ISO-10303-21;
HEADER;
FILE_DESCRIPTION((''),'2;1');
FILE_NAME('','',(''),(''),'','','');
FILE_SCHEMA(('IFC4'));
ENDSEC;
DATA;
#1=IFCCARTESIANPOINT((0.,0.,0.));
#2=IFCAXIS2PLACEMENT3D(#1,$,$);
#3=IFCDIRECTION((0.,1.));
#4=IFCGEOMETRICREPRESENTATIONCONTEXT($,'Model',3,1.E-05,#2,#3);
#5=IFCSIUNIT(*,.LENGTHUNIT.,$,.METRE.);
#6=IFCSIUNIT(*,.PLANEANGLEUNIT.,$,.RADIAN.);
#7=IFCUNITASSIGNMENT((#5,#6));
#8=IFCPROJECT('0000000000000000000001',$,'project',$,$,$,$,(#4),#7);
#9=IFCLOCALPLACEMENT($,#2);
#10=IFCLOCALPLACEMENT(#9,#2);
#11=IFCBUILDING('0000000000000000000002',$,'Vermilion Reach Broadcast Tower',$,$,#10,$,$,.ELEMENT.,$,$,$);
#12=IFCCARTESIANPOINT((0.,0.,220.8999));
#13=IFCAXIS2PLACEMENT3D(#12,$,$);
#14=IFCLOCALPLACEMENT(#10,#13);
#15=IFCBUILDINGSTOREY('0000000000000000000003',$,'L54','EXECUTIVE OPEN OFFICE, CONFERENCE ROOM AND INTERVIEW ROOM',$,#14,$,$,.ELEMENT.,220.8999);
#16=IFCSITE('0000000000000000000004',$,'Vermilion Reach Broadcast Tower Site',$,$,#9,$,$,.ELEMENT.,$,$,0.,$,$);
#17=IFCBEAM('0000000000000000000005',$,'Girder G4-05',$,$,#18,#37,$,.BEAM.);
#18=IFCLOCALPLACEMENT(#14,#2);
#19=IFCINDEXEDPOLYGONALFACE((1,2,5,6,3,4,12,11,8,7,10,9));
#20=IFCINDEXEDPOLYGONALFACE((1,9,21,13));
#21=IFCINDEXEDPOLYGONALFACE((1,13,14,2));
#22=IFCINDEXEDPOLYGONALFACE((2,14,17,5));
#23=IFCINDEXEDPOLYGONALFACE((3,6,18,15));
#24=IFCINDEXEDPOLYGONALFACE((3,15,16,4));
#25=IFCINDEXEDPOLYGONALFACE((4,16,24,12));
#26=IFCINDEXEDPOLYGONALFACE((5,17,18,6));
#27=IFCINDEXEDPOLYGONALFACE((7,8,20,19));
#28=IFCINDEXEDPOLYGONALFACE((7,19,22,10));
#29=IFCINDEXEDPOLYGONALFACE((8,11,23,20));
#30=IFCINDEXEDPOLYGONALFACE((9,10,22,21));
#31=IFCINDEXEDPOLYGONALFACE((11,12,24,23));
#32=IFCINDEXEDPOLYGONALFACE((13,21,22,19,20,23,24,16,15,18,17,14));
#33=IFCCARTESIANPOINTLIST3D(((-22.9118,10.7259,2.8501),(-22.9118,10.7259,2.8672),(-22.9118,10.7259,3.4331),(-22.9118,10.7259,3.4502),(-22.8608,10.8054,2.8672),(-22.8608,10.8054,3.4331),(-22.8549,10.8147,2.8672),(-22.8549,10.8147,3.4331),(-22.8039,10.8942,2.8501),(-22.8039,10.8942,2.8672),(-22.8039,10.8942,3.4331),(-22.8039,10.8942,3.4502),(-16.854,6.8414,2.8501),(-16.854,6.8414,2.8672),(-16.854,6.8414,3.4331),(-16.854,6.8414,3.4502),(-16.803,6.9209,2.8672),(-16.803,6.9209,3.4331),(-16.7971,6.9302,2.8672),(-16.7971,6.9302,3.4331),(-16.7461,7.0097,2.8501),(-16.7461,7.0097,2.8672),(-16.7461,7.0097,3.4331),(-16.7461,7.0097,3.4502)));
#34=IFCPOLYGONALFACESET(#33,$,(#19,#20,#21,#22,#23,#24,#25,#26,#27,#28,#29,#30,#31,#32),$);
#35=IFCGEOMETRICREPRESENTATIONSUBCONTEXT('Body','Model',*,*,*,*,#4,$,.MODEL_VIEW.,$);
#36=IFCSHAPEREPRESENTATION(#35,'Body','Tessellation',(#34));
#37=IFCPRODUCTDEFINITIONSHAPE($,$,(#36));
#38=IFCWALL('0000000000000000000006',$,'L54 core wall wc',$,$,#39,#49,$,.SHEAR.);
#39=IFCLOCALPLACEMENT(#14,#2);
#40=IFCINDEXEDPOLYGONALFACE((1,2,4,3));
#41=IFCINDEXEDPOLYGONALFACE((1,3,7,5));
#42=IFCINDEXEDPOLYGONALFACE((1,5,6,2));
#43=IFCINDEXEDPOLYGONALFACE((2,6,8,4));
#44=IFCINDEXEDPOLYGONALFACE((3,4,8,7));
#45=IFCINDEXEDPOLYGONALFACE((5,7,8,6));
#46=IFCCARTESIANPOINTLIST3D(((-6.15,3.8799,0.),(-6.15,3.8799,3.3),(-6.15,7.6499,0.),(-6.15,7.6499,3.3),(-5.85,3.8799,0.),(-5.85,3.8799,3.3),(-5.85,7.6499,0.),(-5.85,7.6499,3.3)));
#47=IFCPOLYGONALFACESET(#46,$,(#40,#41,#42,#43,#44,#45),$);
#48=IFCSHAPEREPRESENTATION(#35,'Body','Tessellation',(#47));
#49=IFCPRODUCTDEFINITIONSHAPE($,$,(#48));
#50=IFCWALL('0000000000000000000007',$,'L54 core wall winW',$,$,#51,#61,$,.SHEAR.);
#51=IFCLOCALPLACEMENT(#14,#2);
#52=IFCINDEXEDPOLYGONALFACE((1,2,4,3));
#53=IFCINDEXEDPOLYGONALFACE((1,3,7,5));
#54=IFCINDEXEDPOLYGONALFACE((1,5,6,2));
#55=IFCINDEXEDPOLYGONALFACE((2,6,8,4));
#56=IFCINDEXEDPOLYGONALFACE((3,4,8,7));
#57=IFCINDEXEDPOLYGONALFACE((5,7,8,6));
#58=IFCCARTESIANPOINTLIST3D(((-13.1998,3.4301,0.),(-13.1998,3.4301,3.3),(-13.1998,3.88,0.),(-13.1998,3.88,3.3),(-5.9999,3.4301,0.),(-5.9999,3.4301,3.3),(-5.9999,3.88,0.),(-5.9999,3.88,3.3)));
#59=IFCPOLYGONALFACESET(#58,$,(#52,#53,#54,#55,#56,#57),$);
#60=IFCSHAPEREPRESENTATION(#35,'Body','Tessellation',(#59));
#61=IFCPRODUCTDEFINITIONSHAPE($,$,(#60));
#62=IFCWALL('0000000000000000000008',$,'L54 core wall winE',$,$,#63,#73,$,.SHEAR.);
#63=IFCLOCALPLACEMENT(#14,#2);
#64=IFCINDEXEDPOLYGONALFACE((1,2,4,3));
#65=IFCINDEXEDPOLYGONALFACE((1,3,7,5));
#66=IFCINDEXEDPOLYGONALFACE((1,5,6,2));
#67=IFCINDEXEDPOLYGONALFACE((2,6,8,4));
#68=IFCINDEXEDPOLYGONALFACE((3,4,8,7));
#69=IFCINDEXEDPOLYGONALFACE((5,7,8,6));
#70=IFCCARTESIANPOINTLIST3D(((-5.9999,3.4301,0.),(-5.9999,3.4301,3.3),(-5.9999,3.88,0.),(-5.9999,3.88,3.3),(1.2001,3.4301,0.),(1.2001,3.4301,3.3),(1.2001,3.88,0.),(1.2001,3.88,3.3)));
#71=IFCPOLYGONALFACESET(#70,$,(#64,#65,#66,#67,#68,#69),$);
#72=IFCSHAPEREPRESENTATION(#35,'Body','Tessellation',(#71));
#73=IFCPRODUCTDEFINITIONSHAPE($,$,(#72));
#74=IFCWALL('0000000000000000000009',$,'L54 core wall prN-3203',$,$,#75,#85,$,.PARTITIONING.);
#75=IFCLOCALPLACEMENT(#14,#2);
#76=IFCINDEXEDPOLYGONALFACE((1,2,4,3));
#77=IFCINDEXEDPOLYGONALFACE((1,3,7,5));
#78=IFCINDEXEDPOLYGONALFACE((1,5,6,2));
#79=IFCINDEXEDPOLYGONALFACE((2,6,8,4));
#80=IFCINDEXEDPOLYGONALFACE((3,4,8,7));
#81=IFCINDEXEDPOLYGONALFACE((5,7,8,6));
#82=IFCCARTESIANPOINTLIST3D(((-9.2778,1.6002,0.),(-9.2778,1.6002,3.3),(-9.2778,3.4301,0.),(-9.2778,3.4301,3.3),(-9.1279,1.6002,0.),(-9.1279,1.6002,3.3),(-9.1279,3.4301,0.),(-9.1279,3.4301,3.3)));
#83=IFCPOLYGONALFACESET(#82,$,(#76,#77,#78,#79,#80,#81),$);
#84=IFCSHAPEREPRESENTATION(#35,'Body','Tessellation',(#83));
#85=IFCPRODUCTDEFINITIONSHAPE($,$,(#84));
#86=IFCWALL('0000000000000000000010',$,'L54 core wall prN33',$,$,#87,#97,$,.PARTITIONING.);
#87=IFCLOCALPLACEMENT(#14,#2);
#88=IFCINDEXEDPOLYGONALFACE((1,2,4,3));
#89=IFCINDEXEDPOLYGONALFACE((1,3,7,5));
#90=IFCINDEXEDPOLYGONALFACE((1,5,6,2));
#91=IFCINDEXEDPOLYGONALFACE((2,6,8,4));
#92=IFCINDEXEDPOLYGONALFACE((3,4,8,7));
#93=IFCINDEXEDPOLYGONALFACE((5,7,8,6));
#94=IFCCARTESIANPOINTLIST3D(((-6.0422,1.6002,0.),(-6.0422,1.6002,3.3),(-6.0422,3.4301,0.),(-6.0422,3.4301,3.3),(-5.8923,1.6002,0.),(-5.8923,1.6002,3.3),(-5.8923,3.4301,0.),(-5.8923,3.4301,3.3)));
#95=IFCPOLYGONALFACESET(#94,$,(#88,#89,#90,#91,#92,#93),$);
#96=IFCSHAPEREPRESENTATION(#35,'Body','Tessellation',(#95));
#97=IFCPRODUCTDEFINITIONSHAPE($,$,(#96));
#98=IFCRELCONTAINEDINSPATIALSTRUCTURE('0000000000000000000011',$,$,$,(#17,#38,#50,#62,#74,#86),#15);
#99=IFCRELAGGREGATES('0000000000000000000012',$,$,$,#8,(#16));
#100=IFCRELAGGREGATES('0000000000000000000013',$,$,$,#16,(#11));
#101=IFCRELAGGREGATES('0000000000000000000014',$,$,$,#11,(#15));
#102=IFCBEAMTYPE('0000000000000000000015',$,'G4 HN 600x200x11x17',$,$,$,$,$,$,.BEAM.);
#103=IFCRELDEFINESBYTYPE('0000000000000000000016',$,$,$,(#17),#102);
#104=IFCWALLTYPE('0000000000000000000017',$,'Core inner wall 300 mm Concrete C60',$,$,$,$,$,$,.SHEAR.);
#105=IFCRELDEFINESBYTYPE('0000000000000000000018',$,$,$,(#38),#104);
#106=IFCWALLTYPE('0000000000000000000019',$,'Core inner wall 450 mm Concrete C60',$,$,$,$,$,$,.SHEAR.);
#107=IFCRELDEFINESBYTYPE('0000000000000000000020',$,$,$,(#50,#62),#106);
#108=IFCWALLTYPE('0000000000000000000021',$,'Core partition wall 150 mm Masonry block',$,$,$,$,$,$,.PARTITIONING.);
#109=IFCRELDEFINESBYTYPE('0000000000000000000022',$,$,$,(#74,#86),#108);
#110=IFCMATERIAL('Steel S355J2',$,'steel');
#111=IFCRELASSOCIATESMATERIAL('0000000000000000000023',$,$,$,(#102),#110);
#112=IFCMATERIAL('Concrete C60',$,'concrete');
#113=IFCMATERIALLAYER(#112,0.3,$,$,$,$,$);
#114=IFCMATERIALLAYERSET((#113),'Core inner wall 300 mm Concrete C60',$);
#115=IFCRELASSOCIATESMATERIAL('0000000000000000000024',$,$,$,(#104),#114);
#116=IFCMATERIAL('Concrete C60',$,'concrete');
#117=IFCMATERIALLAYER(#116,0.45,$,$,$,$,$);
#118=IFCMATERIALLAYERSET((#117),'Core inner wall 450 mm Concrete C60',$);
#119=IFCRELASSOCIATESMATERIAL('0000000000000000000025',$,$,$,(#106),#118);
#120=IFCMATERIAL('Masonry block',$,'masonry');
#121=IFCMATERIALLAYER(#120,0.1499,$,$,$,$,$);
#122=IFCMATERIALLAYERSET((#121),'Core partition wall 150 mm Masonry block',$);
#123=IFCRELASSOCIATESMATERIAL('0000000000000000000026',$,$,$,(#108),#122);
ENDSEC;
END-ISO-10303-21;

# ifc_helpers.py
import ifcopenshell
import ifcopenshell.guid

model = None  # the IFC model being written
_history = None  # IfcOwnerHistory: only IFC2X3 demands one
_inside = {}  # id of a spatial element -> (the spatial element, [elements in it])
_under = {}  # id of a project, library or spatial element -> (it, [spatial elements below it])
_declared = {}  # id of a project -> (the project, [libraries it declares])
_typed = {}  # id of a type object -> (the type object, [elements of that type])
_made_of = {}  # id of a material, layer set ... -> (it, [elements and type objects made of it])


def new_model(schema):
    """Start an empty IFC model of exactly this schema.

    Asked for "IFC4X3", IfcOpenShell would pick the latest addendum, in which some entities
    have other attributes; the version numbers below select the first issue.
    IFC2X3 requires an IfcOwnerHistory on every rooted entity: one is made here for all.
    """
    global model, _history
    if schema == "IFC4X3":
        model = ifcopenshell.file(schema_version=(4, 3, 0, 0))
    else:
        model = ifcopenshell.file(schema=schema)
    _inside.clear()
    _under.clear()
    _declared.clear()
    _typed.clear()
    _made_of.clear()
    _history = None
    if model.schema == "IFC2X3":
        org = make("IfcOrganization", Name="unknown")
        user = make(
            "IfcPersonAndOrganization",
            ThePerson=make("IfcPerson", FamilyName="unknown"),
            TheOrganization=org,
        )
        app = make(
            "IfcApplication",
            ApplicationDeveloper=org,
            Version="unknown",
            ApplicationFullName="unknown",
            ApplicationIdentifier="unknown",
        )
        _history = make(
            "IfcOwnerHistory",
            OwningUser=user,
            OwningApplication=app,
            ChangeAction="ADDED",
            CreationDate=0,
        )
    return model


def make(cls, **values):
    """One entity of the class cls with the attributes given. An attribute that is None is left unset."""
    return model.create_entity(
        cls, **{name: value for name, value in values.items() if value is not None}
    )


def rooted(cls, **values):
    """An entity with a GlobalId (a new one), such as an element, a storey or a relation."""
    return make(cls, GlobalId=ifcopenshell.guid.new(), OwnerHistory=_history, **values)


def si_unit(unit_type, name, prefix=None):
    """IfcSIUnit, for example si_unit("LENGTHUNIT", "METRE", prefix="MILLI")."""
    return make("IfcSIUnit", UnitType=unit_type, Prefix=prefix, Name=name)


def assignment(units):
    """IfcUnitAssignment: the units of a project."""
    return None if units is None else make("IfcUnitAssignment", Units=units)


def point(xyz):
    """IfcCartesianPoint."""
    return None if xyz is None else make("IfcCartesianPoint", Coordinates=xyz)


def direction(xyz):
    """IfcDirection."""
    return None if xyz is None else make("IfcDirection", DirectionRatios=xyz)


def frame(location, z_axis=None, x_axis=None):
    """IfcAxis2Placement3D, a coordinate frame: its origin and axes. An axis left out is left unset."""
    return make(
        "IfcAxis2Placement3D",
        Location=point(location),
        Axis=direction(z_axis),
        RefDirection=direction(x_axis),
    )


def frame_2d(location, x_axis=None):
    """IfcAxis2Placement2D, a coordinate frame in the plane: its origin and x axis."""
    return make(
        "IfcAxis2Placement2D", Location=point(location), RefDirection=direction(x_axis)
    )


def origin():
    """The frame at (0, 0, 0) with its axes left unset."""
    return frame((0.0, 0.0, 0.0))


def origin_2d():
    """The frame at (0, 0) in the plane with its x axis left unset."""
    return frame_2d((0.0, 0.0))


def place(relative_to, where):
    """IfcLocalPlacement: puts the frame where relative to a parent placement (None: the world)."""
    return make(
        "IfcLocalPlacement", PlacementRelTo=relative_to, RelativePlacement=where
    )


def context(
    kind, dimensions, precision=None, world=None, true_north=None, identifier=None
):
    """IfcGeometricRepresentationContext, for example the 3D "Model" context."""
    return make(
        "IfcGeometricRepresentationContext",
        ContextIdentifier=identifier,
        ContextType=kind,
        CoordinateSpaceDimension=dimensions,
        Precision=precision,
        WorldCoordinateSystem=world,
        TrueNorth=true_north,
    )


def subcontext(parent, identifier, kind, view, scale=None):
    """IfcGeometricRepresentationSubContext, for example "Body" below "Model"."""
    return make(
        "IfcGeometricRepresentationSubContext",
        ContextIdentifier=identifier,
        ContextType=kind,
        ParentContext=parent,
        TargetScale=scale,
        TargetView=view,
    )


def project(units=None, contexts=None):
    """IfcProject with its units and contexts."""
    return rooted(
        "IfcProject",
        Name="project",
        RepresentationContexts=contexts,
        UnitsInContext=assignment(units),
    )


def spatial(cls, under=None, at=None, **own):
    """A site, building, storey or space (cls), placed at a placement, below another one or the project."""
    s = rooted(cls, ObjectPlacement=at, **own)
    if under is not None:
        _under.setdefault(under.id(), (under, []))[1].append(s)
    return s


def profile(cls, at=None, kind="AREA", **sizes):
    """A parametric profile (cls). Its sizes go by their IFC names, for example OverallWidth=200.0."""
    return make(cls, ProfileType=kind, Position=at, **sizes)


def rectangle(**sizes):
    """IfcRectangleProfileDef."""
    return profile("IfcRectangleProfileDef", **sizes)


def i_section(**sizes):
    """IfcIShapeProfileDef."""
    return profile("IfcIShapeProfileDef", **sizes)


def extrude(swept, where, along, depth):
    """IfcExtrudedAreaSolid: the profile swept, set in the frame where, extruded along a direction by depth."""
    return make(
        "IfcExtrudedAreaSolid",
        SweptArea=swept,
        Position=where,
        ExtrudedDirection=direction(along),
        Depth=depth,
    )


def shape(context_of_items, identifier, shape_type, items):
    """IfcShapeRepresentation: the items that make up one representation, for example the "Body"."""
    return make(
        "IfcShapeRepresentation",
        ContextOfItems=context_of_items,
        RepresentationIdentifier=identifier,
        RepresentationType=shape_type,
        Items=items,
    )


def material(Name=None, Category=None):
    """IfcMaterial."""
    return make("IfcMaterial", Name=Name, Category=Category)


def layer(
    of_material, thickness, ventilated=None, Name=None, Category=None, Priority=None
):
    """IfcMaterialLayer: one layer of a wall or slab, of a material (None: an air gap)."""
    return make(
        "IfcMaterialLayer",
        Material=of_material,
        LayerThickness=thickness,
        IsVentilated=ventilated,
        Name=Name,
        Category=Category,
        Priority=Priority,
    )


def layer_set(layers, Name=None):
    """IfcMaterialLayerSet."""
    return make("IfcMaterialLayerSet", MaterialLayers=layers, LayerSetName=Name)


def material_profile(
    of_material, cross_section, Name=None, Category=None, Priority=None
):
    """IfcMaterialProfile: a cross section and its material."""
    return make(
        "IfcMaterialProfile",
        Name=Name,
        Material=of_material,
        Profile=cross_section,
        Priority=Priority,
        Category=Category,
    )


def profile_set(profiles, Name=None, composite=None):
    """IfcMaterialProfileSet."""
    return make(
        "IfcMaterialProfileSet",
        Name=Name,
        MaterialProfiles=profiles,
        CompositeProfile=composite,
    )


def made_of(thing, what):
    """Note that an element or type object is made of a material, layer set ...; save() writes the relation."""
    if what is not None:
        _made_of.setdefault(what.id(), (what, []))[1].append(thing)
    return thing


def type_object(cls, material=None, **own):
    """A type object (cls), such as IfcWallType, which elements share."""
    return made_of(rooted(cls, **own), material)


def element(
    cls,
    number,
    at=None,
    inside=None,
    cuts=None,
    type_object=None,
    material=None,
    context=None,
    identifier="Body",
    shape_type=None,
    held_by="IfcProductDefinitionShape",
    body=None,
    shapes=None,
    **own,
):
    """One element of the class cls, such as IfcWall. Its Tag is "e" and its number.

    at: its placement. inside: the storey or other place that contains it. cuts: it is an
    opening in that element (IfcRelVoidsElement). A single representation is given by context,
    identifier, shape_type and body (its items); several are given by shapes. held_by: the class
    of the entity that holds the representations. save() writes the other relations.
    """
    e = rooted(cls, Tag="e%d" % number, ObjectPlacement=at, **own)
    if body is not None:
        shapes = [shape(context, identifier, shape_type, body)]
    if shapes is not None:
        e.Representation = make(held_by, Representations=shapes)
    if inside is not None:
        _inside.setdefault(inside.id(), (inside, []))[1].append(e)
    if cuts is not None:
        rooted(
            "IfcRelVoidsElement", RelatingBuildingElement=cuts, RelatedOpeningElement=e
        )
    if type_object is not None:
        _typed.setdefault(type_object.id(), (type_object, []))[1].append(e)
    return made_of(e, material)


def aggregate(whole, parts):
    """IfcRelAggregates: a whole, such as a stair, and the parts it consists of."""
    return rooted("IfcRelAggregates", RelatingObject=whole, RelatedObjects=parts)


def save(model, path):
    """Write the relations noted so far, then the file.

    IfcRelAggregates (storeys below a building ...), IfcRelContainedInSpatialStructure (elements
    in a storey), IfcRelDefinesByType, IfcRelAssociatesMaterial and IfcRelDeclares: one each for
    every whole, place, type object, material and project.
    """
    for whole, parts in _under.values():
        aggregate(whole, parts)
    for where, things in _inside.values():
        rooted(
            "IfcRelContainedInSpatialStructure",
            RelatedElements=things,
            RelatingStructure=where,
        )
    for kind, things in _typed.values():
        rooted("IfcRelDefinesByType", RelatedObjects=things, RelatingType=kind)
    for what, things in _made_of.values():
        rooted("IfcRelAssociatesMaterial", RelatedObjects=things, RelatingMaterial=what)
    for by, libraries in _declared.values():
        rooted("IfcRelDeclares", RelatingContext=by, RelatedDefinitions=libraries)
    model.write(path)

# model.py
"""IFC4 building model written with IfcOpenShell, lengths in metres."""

from ifc_helpers import new_model, si_unit, direction, frame, frame_2d, origin, origin_2d, place, context, subcontext, project, spatial, rectangle, i_section, extrude, material, layer, layer_set, material_profile, profile_set, type_object, element, save


model = new_model("IFC4")

# Units and contexts
model_context = context("Model", 3, precision=1e-05, world=origin(), true_north=direction((0.0, 1.0)))
body_context = subcontext(model_context, "Body", "Model", "MODEL_VIEW")
ifc_project = project(units=[si_unit("LENGTHUNIT", "METRE"), si_unit("PLANEANGLEUNIT", "RADIAN")], contexts=[model_context])

# Site, building, storey
site_placement = place(None, origin())
site = spatial("IfcSite", under=ifc_project, at=site_placement, Name="Vermilion Reach Broadcast Tower Site", CompositionType="ELEMENT", RefElevation=0.0)
building_placement = place(site_placement, origin())
building = spatial("IfcBuilding", under=site, at=building_placement, Name="Vermilion Reach Broadcast Tower", CompositionType="ELEMENT")
storey_placement = place(building_placement, frame((0.0, 0.0, 220.8999)))
storey = spatial("IfcBuildingStorey", under=building, at=storey_placement, Name="L54", Description="EXECUTIVE OPEN OFFICE, CONFERENCE ROOM AND INTERVIEW ROOM", CompositionType="ELEMENT", Elevation=220.8999)

# Beam
ifc_material_1 = material(Name="Steel S355J2", Category="steel")
ifc_material_profile = material_profile(ifc_material_1, i_section(OverallWidth=0.2, OverallDepth=0.6001, WebThickness=0.011, FlangeThickness=0.0171, at=origin_2d()), Name="S355J2 HN 600x200x11x17")
ifc_profile_set = profile_set([ifc_material_profile], Name="Steel S355J2")
beam_type = type_object("IfcBeamType", Name="G4 HN 600x200x11x17", PredefinedType="BEAM", material=ifc_profile_set)
beam_placement = place(storey_placement, frame((-16.8, 6.9255, 3.1501), z_axis=(-0.841799, 0.539792, 0.0), x_axis=(-0.539792, -0.841799, 0.0)))
element("IfcBeam", 1, at=beam_placement, inside=storey, type_object=beam_type, Name="Girder G4-05", PredefinedType="BEAM", context=body_context, shape_type="SweptSolid", body=[
    extrude(i_section(OverallWidth=0.2, OverallDepth=0.6001, WebThickness=0.011, FlangeThickness=0.0171, at=origin_2d()), origin(), (0.0, 0.0, 1.0), 7.1963),
])

# Walls
ifc_material_2 = material(Name="Concrete C60", Category="concrete")
ifc_layer_1 = layer(ifc_material_2, 0.3)
ifc_layer_set_1 = layer_set([ifc_layer_1], Name="Core inner wall 300 mm Concrete C60")
wall_type_1 = type_object("IfcWallType", Name="Core inner wall 300 mm Concrete C60", PredefinedType="SHEAR", material=ifc_layer_set_1)
wall_1_placement = place(storey_placement, frame((-6.0, 3.8799, 0.0), z_axis=(0.0, 0.0, 1.0), x_axis=(0.0, 1.0, 0.0)))
element("IfcWall", 2, at=wall_1_placement, inside=storey, type_object=wall_type_1, Name="L54 core wall wc", PredefinedType="SHEAR", context=body_context, shape_type="SweptSolid", body=[
    extrude(rectangle(XDim=3.77, YDim=0.3, at=frame_2d((1.885, 0.0))), origin(), (0.0, 0.0, 1.0), 3.3),
])
ifc_material_3 = material(Name="Concrete C60", Category="concrete")
ifc_layer_2 = layer(ifc_material_3, 0.45)
ifc_layer_set_2 = layer_set([ifc_layer_2], Name="Core inner wall 450 mm Concrete C60")
wall_type_2 = type_object("IfcWallType", Name="Core inner wall 450 mm Concrete C60", PredefinedType="SHEAR", material=ifc_layer_set_2)
for number, where, z_axis, x_axis, name in (
    (3, (-13.2, 3.655, 0.0), (0.0, 0.0, 1.0), (1.0, 0.0, 0.0), "L54 core wall winW"),
    (4, (-6.0, 3.655, 0.0), (0.0, 0.0, 1.0), (1.0, 0.0, 0.0), "L54 core wall winE"),
):
    element("IfcWall", number, at=place(storey_placement, frame(where, z_axis=z_axis, x_axis=x_axis)), inside=storey, type_object=wall_type_2, Name=name, PredefinedType="SHEAR", context=body_context, shape_type="SweptSolid", body=[
        extrude(rectangle(XDim=7.2, YDim=0.45, at=frame_2d((3.6001, 0.0))), origin(), (0.0, 0.0, 1.0), 3.3),
    ])
ifc_material_4 = material(Name="Masonry block", Category="masonry")
ifc_layer_3 = layer(ifc_material_4, 0.1499)
ifc_layer_set_3 = layer_set([ifc_layer_3], Name="Core partition wall 150 mm Masonry block")
wall_type_3 = type_object("IfcWallType", Name="Core partition wall 150 mm Masonry block", PredefinedType="PARTITIONING", material=ifc_layer_set_3)
for number, where, z_axis, x_axis, name in (
    (5, (-9.2029, 1.6001, 0.0), (0.0, 0.0, 1.0), (0.0, 1.0, 0.0), "L54 core wall prN-3203"),
    (6, (-5.9673, 1.6001, 0.0), (0.0, 0.0, 1.0), (0.0, 1.0, 0.0), "L54 core wall prN33"),
):
    element("IfcWall", number, at=place(storey_placement, frame(where, z_axis=z_axis, x_axis=x_axis)), inside=storey, type_object=wall_type_3, Name=name, PredefinedType="PARTITIONING", context=body_context, shape_type="SweptSolid", body=[
        extrude(rectangle(XDim=1.8298, YDim=0.1499, at=frame_2d((0.915, 0.0))), origin(), (0.0, 0.0, 1.0), 3.3),
    ])

save(model, "model.ifc")
